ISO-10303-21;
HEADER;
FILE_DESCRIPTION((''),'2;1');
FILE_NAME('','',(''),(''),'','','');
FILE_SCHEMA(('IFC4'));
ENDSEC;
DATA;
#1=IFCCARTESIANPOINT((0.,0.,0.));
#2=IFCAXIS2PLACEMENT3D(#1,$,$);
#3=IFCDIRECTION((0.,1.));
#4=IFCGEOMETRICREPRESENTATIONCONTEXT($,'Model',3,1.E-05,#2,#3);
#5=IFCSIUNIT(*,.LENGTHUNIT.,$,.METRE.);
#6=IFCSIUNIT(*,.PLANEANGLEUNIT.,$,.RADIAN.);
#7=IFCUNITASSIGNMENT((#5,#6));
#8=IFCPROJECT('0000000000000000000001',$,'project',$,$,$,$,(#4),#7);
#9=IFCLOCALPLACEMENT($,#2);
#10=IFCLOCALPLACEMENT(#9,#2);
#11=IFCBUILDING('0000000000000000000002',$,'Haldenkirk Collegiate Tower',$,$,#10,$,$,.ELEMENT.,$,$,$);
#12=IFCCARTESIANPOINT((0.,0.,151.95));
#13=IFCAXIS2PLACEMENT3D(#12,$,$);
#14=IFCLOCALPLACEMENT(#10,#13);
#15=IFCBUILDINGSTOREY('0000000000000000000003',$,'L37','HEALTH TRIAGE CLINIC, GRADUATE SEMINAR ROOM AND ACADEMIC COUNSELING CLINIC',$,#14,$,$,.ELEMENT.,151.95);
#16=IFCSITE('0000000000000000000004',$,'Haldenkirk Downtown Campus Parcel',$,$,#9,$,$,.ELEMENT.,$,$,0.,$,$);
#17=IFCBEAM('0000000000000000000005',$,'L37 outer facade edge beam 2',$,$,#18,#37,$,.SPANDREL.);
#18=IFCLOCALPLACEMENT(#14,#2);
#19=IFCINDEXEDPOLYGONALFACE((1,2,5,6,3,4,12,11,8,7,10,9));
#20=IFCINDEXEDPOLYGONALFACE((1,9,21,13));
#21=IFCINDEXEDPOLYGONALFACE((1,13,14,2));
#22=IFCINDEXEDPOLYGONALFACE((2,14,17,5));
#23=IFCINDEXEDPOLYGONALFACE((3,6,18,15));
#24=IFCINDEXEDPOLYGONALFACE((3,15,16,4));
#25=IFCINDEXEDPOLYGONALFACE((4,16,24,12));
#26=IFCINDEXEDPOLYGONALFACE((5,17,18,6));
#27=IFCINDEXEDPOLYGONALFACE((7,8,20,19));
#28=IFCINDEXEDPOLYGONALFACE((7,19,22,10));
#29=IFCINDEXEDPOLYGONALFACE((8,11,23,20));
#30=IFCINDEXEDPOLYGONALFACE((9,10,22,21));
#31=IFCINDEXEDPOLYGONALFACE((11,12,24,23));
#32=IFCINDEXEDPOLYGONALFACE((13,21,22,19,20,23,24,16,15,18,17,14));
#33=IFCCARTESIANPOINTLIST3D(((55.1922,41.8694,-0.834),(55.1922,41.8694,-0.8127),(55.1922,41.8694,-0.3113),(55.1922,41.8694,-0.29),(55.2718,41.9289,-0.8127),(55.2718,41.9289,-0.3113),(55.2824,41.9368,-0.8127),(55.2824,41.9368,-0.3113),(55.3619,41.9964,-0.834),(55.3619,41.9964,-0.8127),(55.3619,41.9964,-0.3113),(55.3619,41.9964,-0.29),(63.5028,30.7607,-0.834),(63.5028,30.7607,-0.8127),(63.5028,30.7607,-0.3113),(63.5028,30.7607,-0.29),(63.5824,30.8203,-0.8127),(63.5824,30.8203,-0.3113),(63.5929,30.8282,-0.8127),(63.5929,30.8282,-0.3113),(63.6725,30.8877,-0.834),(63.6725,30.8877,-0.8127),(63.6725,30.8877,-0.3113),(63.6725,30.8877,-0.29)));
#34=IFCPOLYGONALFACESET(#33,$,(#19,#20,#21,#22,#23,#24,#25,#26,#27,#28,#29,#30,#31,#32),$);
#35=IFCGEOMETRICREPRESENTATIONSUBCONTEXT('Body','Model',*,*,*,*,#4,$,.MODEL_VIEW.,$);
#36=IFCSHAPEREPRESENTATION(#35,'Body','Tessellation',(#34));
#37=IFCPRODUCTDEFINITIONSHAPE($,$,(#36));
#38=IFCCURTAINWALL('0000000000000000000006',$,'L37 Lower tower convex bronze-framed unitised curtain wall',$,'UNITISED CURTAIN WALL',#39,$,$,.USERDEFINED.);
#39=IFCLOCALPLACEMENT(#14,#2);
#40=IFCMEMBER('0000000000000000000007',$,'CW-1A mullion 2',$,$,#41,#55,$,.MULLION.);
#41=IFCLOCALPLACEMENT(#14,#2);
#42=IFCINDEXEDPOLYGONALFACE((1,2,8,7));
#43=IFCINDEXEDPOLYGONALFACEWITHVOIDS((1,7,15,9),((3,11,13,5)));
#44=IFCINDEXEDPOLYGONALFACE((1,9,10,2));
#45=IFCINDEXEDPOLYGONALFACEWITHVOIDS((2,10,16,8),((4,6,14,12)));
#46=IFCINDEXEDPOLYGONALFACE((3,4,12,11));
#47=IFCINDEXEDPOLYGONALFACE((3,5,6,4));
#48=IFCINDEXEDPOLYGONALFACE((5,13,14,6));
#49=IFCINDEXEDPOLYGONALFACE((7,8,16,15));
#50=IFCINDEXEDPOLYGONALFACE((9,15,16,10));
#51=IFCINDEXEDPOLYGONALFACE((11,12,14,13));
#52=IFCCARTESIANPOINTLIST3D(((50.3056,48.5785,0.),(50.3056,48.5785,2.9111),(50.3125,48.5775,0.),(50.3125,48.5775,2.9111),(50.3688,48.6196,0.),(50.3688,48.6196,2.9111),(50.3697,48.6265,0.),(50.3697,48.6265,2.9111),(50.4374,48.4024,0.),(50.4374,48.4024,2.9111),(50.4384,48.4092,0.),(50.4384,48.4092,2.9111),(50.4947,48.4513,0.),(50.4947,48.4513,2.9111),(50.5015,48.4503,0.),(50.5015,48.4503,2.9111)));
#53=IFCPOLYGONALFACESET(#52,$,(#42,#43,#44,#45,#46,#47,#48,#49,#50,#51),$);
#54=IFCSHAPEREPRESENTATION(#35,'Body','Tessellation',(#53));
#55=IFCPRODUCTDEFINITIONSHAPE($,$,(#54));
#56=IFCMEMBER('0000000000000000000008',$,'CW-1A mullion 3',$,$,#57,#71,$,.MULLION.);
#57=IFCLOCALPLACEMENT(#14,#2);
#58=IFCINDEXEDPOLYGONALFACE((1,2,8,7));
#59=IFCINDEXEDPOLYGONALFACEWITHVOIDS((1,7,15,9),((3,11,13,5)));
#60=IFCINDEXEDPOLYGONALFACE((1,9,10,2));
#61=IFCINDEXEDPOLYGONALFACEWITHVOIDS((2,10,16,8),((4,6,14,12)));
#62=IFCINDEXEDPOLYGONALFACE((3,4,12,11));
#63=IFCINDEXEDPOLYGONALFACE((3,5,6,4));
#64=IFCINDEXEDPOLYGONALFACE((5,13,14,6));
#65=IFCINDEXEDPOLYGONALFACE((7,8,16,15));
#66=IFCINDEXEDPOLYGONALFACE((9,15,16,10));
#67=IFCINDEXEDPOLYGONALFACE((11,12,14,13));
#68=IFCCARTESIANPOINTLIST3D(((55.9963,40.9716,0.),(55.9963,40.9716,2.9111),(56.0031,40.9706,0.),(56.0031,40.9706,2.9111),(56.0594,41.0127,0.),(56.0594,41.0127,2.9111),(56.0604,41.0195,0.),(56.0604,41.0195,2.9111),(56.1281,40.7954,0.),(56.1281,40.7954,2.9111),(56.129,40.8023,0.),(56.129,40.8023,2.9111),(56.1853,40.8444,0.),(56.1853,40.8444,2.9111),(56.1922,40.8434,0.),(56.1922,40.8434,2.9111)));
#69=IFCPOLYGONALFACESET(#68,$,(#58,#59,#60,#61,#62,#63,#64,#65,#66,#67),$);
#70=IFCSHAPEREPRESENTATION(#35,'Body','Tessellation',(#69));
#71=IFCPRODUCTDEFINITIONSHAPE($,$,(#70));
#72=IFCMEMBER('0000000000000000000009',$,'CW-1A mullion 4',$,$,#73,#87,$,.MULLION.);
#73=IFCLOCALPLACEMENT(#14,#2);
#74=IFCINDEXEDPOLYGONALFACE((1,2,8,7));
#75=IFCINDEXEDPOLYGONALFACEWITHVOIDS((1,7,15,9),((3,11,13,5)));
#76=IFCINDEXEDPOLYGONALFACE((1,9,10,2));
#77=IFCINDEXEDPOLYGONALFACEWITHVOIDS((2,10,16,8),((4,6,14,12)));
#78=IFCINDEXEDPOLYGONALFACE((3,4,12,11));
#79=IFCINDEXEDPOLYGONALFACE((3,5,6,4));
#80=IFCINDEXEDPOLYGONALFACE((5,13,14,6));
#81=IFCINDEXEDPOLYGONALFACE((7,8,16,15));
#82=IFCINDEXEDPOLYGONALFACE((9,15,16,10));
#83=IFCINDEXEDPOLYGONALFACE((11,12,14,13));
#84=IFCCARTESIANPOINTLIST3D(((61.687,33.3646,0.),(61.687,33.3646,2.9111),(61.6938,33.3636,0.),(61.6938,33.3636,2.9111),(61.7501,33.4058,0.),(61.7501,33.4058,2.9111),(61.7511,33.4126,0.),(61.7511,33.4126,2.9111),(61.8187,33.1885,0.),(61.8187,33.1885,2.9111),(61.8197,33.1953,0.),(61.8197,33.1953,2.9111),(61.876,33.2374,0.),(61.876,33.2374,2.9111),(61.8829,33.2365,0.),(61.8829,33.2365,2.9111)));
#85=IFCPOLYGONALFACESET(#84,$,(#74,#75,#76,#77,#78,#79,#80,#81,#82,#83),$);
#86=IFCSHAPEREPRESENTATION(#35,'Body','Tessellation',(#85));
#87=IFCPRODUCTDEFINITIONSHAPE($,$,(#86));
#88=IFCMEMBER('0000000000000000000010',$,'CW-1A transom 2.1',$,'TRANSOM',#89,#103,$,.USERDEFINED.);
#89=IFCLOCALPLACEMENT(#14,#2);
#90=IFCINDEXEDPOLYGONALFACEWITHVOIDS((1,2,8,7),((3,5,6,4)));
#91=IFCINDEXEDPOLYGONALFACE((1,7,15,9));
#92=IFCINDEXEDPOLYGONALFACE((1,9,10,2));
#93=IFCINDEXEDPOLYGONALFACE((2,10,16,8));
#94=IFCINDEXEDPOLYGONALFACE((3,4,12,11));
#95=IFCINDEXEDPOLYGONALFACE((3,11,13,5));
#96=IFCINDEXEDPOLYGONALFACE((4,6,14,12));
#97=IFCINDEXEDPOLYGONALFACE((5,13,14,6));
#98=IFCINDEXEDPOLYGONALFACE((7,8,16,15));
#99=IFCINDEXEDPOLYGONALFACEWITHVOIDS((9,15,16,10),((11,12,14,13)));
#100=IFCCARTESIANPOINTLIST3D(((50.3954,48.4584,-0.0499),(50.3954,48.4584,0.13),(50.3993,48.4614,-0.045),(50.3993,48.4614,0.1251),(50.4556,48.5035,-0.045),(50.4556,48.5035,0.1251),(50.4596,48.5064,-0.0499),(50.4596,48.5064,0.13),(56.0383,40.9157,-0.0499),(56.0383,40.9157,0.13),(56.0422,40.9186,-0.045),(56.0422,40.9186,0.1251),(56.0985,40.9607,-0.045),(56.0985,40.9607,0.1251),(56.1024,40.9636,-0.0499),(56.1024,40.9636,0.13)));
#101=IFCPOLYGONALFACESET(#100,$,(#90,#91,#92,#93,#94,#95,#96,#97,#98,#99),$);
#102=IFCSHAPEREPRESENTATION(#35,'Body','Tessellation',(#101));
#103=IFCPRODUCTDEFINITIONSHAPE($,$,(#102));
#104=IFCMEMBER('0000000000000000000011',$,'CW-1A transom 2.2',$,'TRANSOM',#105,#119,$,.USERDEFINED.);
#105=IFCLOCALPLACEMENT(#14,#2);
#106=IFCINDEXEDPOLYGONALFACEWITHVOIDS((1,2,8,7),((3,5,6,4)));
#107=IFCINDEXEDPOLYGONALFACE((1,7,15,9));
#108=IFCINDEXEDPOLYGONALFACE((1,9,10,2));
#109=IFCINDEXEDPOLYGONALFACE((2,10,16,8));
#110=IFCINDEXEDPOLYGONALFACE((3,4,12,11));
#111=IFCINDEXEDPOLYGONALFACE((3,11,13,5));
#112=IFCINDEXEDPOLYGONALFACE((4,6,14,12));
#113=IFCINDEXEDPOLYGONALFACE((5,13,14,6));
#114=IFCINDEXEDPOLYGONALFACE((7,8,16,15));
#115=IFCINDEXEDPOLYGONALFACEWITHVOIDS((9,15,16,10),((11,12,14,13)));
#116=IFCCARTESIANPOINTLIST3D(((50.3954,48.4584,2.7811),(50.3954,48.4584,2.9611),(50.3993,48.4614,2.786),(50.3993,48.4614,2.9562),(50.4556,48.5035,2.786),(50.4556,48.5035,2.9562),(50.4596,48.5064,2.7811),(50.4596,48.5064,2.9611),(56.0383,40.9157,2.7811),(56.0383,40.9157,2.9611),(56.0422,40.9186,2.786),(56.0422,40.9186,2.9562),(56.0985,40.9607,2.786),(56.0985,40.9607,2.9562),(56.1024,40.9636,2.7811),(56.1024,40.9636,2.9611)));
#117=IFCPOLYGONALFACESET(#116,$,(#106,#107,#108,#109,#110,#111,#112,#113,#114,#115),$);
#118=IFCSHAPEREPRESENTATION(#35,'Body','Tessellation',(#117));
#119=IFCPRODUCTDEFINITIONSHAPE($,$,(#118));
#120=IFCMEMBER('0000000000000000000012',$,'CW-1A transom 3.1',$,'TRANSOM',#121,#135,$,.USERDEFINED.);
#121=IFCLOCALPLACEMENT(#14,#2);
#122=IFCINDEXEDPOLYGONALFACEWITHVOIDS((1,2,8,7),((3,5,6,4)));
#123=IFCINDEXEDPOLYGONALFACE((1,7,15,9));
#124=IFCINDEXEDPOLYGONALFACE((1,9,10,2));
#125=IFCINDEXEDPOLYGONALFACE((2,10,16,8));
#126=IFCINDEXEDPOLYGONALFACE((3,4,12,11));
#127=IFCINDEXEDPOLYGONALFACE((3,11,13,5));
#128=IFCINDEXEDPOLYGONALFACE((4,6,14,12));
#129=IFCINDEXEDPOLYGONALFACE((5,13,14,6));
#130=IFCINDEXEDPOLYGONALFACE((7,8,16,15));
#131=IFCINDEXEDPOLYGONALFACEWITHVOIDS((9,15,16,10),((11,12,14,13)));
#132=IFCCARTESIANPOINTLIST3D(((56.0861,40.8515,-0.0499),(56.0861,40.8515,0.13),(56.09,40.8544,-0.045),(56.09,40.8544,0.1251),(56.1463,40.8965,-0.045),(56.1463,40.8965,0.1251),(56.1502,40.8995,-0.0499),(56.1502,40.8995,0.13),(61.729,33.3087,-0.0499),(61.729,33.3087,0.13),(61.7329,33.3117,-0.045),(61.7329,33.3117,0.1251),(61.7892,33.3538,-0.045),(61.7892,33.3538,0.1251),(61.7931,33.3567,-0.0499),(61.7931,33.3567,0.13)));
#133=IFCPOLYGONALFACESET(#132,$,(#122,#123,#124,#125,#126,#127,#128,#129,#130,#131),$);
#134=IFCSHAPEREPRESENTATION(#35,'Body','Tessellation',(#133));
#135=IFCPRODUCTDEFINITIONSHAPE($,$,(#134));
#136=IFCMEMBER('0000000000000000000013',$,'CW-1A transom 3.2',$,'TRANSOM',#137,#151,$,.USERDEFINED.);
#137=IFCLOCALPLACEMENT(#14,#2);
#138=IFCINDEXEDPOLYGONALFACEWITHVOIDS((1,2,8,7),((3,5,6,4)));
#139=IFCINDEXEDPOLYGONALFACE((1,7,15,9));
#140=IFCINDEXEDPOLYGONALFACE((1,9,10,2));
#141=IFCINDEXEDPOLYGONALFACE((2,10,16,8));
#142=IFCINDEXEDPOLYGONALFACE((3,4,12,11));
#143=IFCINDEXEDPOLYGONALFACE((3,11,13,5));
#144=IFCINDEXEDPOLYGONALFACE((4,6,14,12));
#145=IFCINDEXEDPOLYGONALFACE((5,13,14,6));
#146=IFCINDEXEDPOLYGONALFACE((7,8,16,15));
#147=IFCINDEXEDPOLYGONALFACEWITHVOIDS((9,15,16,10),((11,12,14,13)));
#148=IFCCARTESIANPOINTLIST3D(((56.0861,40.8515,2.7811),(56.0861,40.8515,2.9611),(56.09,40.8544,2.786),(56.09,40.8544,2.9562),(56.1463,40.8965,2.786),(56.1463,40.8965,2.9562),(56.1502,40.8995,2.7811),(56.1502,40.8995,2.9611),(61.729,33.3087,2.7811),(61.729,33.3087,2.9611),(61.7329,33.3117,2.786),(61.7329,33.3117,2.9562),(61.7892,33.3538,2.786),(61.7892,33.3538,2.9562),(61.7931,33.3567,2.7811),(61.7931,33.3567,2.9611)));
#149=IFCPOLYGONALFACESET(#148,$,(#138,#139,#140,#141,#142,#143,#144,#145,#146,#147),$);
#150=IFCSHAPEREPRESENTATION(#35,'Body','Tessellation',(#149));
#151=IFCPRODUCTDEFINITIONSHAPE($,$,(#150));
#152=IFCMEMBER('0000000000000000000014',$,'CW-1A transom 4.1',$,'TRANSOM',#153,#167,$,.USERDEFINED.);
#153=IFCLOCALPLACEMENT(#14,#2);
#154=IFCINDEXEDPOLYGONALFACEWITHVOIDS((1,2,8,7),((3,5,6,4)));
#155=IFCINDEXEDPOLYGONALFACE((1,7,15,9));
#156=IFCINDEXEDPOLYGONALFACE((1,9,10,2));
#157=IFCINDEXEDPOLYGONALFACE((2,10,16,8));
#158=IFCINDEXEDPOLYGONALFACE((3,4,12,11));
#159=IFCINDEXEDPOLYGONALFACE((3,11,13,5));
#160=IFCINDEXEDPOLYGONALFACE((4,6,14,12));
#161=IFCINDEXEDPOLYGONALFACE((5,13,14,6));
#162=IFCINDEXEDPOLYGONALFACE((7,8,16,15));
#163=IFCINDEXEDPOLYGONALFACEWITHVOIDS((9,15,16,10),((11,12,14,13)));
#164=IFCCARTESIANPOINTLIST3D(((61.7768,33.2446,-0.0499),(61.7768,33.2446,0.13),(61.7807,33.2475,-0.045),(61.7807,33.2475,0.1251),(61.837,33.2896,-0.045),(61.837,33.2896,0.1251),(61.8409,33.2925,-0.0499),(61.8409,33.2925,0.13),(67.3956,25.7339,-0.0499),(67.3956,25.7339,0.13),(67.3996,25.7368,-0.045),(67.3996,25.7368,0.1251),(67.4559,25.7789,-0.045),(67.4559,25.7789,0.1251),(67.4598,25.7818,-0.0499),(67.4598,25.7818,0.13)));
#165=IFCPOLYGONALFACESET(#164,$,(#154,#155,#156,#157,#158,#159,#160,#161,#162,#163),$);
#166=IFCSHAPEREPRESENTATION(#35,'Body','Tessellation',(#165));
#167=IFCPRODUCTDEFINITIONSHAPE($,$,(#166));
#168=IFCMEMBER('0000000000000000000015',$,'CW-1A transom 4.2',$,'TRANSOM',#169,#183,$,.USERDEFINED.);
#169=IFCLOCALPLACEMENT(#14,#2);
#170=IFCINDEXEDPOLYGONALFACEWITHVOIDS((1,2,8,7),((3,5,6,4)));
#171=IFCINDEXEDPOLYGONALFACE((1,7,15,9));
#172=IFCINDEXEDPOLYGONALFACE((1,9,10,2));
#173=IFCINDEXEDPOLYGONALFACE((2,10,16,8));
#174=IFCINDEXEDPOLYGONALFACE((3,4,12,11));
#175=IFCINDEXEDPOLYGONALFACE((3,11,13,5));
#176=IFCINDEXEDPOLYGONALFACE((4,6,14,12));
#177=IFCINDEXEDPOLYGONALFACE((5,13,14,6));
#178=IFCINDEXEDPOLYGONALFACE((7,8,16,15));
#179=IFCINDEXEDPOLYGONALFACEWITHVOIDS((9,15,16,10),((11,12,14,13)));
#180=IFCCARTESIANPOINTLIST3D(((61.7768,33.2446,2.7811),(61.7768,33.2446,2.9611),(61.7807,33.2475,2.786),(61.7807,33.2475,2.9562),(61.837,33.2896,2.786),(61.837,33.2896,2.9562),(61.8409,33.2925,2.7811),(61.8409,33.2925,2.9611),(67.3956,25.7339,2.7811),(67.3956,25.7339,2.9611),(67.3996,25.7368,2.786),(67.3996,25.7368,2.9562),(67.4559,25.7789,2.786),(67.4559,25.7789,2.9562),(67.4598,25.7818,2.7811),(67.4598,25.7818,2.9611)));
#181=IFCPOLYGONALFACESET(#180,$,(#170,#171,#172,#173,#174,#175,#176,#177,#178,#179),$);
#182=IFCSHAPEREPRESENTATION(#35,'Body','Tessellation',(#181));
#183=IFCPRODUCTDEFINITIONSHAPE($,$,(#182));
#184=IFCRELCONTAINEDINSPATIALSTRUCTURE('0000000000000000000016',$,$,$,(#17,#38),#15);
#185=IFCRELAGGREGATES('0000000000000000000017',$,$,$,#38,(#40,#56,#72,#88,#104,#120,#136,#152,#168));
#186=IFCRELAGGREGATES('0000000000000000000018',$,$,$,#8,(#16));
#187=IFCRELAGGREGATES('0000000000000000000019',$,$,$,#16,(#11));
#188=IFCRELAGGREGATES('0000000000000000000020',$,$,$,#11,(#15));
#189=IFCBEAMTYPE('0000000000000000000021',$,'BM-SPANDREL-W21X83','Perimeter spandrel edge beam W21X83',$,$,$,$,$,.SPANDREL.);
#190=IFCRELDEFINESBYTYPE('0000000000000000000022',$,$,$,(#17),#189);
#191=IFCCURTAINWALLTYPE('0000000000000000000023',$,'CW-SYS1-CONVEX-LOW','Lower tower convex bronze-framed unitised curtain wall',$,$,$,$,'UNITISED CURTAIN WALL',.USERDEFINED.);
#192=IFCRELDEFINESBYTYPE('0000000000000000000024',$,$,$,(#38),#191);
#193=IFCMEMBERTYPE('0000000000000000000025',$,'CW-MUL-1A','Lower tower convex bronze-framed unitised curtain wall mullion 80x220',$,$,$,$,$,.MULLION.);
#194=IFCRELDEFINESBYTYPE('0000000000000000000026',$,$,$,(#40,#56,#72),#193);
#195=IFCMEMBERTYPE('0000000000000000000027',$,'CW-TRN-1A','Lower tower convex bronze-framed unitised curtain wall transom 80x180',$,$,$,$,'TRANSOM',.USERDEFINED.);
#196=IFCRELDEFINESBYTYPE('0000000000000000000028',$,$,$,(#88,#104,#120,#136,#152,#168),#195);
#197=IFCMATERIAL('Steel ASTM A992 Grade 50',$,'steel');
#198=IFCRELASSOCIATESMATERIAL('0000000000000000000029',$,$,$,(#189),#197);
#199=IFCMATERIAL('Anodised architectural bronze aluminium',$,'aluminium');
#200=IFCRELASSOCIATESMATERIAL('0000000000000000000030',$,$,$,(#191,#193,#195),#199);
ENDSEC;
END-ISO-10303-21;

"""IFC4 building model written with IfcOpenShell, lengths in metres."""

from ifc_helpers import new_model, si_unit, direction, frame, origin, origin_2d, place, context, subcontext, project, spatial, hollow_rectangle, i_section, extrude, material, material_profile, profile_set, type_object, element, aggregate, save


model = new_model("IFC4")

# Units and contexts
model_context = context("Model", 3, precision=1e-05, world=origin(), true_north=direction((0.0, 1.0)))
body_context = subcontext(model_context, "Body", "Model", "MODEL_VIEW")
ifc_project = project(units=[si_unit("LENGTHUNIT", "METRE"), si_unit("PLANEANGLEUNIT", "RADIAN")], contexts=[model_context])

# Site, building, storey
site_placement = place(None, origin())
site = spatial("IfcSite", under=ifc_project, at=site_placement, Name="Haldenkirk Downtown Campus Parcel", CompositionType="ELEMENT", RefElevation=0.0)
building_placement = place(site_placement, origin())
building = spatial("IfcBuilding", under=site, at=building_placement, Name="Haldenkirk Collegiate Tower", CompositionType="ELEMENT")
storey_placement = place(building_placement, frame((0.0, 0.0, 151.95)))
storey = spatial("IfcBuildingStorey", under=building, at=storey_placement, Name="L37", Description="HEALTH TRIAGE CLINIC, GRADUATE SEMINAR ROOM AND ACADEMIC COUNSELING CLINIC", CompositionType="ELEMENT", Elevation=151.95)

# Beam
ifc_material_1 = material(Name="Steel ASTM A992 Grade 50", Category="steel")
ifc_material_profile_1 = material_profile(ifc_material_1, i_section(OverallWidth=0.2119, OverallDepth=0.5439, WebThickness=0.0132, FlangeThickness=0.0212, at=origin_2d()), Name="W21X83")
ifc_profile_set_1 = profile_set([ifc_material_profile_1], Name="Steel ASTM A992 Grade 50")
beam_type_1 = type_object("IfcBeamType", Name="BM-SPANDREL-W21X83", Description="Perimeter spandrel edge beam W21X83", PredefinedType="SPANDREL", material=ifc_profile_set_1)
beam_1_placement = place(storey_placement, frame((63.5876, 30.8242, -0.562), z_axis=(-0.599034, 0.800724, 0.0), x_axis=(-0.800724, -0.599034, 0.0)))
element("IfcBeam", 1, at=beam_1_placement, inside=storey, type_object=beam_type_1, Name="L37 outer facade edge beam 2", PredefinedType="SPANDREL", context=body_context, shape_type="SweptSolid", body=[
    extrude(i_section(OverallWidth=0.2119, OverallDepth=0.5439, WebThickness=0.0132, FlangeThickness=0.0212, at=origin_2d()), origin(), (0.0, 0.0, 1.0), 13.8733),
])

# Curtain wall, members
ifc_material_2 = material(Name="Anodised architectural bronze aluminium", Category="aluminium")
curtain_wall_type = type_object("IfcCurtainWallType", Name="CW-SYS1-CONVEX-LOW", Description="Lower tower convex bronze-framed unitised curtain wall", ElementType="UNITISED CURTAIN WALL", PredefinedType="USERDEFINED", material=ifc_material_2)
curtain_wall_placement = place(storey_placement, origin())
curtain_wall = element("IfcCurtainWall", 2, at=curtain_wall_placement, inside=storey, type_object=curtain_wall_type, Name="L37 Lower tower convex bronze-framed unitised curtain wall", ObjectType="UNITISED CURTAIN WALL", PredefinedType="USERDEFINED")
ifc_material_profile_2 = material_profile(ifc_material_2, hollow_rectangle(XDim=0.0801, YDim=0.22, WallThickness=0.0049, at=origin_2d()), Name="CW-MUL-1A")
ifc_profile_set_2 = profile_set([ifc_material_profile_2], Name="Anodised architectural bronze aluminium")
member_type_1 = type_object("IfcMemberType", Name="CW-MUL-1A", Description="Lower tower convex bronze-framed unitised curtain wall mullion 80x220", PredefinedType="MULLION", material=ifc_profile_set_2)
member_1_placement = place(storey_placement, frame((50.4036, 48.5144, 0.0), z_axis=(0.0, 0.0, 1.0), x_axis=(0.80073, 0.599025, 0.0)))
member_1 = element("IfcMember", 3, at=member_1_placement, type_object=member_type_1, Name="CW-1A mullion 2", PredefinedType="MULLION", context=body_context, shape_type="SweptSolid", body=[
    extrude(hollow_rectangle(XDim=0.0801, YDim=0.22, WallThickness=0.0049, at=origin_2d()), origin(), (0.0, 0.0, 1.0), 2.9111),
])
member_2_placement = place(storey_placement, frame((56.0942, 40.9075, 0.0), z_axis=(0.0, 0.0, 1.0), x_axis=(0.80073, 0.599025, 0.0)))
member_2 = element("IfcMember", 4, at=member_2_placement, type_object=member_type_1, Name="CW-1A mullion 3", PredefinedType="MULLION", context=body_context, shape_type="SweptSolid", body=[
    extrude(hollow_rectangle(XDim=0.0801, YDim=0.22, WallThickness=0.0049, at=origin_2d()), origin(), (0.0, 0.0, 1.0), 2.9111),
])
member_3_placement = place(storey_placement, frame((61.7849, 33.3005, 0.0), z_axis=(0.0, 0.0, 1.0), x_axis=(0.80073, 0.599025, 0.0)))
member_3 = element("IfcMember", 5, at=member_3_placement, type_object=member_type_1, Name="CW-1A mullion 4", PredefinedType="MULLION", context=body_context, shape_type="SweptSolid", body=[
    extrude(hollow_rectangle(XDim=0.0801, YDim=0.22, WallThickness=0.0049, at=origin_2d()), origin(), (0.0, 0.0, 1.0), 2.9111),
])
ifc_material_profile_3 = material_profile(ifc_material_2, hollow_rectangle(XDim=0.0801, YDim=0.1799, WallThickness=0.0049, at=origin_2d()), Name="CW-TRN-1A")
ifc_profile_set_3 = profile_set([ifc_material_profile_3], Name="Anodised architectural bronze aluminium")
member_type_2 = type_object("IfcMemberType", Name="CW-TRN-1A", Description="Lower tower convex bronze-framed unitised curtain wall transom 80x180", ElementType="TRANSOM", PredefinedType="USERDEFINED", material=ifc_profile_set_3)
member_4_placement = place(storey_placement, frame((50.4275, 48.4824, 0.04), z_axis=(0.599033, -0.800724, 0.0), x_axis=(0.800724, 0.599033, 0.0)))
member_4 = element("IfcMember", 6, at=member_4_placement, type_object=member_type_2, Name="CW-1A transom 2.1", ObjectType="TRANSOM", PredefinedType="USERDEFINED", context=body_context, shape_type="SweptSolid", body=[
    extrude(hollow_rectangle(XDim=0.0801, YDim=0.1799, WallThickness=0.0049, at=origin_2d()), origin(), (0.0, 0.0, 1.0), 9.4199),
])
member_5_placement = place(storey_placement, frame((50.4275, 48.4824, 2.8711), z_axis=(0.599033, -0.800724, 0.0), x_axis=(0.800724, 0.599033, 0.0)))
member_5 = element("IfcMember", 7, at=member_5_placement, type_object=member_type_2, Name="CW-1A transom 2.2", ObjectType="TRANSOM", PredefinedType="USERDEFINED", context=body_context, shape_type="SweptSolid", body=[
    extrude(hollow_rectangle(XDim=0.0801, YDim=0.1799, WallThickness=0.0049, at=origin_2d()), origin(), (0.0, 0.0, 1.0), 9.4199),
])
member_6_placement = place(storey_placement, frame((56.1182, 40.8755, 0.04), z_axis=(0.599033, -0.800724, 0.0), x_axis=(0.800724, 0.599033, 0.0)))
member_6 = element("IfcMember", 8, at=member_6_placement, type_object=member_type_2, Name="CW-1A transom 3.1", ObjectType="TRANSOM", PredefinedType="USERDEFINED", context=body_context, shape_type="SweptSolid", body=[
    extrude(hollow_rectangle(XDim=0.0801, YDim=0.1799, WallThickness=0.0049, at=origin_2d()), origin(), (0.0, 0.0, 1.0), 9.4199),
])
member_7_placement = place(storey_placement, frame((56.1182, 40.8755, 2.8711), z_axis=(0.599033, -0.800724, 0.0), x_axis=(0.800724, 0.599033, 0.0)))
member_7 = element("IfcMember", 9, at=member_7_placement, type_object=member_type_2, Name="CW-1A transom 3.2", ObjectType="TRANSOM", PredefinedType="USERDEFINED", context=body_context, shape_type="SweptSolid", body=[
    extrude(hollow_rectangle(XDim=0.0801, YDim=0.1799, WallThickness=0.0049, at=origin_2d()), origin(), (0.0, 0.0, 1.0), 9.4199),
])
member_8_placement = place(storey_placement, frame((61.8088, 33.2686, 0.04), z_axis=(0.599033, -0.800724, 0.0), x_axis=(0.800724, 0.599033, 0.0)))
member_8 = element("IfcMember", 10, at=member_8_placement, type_object=member_type_2, Name="CW-1A transom 4.1", ObjectType="TRANSOM", PredefinedType="USERDEFINED", context=body_context, shape_type="SweptSolid", body=[
    extrude(hollow_rectangle(XDim=0.0801, YDim=0.1799, WallThickness=0.0049, at=origin_2d()), origin(), (0.0, 0.0, 1.0), 9.3799),
])
member_9_placement = place(storey_placement, frame((61.8088, 33.2686, 2.8711), z_axis=(0.599033, -0.800724, 0.0), x_axis=(0.800724, 0.599033, 0.0)))
member_9 = element("IfcMember", 11, at=member_9_placement, type_object=member_type_2, Name="CW-1A transom 4.2", ObjectType="TRANSOM", PredefinedType="USERDEFINED", context=body_context, shape_type="SweptSolid", body=[
    extrude(hollow_rectangle(XDim=0.0801, YDim=0.1799, WallThickness=0.0049, at=origin_2d()), origin(), (0.0, 0.0, 1.0), 9.3799),
])
aggregate(curtain_wall, [member_1, member_2, member_3, member_4, member_5, member_6, member_7, member_8, member_9])

save(model, "model.ifc")
